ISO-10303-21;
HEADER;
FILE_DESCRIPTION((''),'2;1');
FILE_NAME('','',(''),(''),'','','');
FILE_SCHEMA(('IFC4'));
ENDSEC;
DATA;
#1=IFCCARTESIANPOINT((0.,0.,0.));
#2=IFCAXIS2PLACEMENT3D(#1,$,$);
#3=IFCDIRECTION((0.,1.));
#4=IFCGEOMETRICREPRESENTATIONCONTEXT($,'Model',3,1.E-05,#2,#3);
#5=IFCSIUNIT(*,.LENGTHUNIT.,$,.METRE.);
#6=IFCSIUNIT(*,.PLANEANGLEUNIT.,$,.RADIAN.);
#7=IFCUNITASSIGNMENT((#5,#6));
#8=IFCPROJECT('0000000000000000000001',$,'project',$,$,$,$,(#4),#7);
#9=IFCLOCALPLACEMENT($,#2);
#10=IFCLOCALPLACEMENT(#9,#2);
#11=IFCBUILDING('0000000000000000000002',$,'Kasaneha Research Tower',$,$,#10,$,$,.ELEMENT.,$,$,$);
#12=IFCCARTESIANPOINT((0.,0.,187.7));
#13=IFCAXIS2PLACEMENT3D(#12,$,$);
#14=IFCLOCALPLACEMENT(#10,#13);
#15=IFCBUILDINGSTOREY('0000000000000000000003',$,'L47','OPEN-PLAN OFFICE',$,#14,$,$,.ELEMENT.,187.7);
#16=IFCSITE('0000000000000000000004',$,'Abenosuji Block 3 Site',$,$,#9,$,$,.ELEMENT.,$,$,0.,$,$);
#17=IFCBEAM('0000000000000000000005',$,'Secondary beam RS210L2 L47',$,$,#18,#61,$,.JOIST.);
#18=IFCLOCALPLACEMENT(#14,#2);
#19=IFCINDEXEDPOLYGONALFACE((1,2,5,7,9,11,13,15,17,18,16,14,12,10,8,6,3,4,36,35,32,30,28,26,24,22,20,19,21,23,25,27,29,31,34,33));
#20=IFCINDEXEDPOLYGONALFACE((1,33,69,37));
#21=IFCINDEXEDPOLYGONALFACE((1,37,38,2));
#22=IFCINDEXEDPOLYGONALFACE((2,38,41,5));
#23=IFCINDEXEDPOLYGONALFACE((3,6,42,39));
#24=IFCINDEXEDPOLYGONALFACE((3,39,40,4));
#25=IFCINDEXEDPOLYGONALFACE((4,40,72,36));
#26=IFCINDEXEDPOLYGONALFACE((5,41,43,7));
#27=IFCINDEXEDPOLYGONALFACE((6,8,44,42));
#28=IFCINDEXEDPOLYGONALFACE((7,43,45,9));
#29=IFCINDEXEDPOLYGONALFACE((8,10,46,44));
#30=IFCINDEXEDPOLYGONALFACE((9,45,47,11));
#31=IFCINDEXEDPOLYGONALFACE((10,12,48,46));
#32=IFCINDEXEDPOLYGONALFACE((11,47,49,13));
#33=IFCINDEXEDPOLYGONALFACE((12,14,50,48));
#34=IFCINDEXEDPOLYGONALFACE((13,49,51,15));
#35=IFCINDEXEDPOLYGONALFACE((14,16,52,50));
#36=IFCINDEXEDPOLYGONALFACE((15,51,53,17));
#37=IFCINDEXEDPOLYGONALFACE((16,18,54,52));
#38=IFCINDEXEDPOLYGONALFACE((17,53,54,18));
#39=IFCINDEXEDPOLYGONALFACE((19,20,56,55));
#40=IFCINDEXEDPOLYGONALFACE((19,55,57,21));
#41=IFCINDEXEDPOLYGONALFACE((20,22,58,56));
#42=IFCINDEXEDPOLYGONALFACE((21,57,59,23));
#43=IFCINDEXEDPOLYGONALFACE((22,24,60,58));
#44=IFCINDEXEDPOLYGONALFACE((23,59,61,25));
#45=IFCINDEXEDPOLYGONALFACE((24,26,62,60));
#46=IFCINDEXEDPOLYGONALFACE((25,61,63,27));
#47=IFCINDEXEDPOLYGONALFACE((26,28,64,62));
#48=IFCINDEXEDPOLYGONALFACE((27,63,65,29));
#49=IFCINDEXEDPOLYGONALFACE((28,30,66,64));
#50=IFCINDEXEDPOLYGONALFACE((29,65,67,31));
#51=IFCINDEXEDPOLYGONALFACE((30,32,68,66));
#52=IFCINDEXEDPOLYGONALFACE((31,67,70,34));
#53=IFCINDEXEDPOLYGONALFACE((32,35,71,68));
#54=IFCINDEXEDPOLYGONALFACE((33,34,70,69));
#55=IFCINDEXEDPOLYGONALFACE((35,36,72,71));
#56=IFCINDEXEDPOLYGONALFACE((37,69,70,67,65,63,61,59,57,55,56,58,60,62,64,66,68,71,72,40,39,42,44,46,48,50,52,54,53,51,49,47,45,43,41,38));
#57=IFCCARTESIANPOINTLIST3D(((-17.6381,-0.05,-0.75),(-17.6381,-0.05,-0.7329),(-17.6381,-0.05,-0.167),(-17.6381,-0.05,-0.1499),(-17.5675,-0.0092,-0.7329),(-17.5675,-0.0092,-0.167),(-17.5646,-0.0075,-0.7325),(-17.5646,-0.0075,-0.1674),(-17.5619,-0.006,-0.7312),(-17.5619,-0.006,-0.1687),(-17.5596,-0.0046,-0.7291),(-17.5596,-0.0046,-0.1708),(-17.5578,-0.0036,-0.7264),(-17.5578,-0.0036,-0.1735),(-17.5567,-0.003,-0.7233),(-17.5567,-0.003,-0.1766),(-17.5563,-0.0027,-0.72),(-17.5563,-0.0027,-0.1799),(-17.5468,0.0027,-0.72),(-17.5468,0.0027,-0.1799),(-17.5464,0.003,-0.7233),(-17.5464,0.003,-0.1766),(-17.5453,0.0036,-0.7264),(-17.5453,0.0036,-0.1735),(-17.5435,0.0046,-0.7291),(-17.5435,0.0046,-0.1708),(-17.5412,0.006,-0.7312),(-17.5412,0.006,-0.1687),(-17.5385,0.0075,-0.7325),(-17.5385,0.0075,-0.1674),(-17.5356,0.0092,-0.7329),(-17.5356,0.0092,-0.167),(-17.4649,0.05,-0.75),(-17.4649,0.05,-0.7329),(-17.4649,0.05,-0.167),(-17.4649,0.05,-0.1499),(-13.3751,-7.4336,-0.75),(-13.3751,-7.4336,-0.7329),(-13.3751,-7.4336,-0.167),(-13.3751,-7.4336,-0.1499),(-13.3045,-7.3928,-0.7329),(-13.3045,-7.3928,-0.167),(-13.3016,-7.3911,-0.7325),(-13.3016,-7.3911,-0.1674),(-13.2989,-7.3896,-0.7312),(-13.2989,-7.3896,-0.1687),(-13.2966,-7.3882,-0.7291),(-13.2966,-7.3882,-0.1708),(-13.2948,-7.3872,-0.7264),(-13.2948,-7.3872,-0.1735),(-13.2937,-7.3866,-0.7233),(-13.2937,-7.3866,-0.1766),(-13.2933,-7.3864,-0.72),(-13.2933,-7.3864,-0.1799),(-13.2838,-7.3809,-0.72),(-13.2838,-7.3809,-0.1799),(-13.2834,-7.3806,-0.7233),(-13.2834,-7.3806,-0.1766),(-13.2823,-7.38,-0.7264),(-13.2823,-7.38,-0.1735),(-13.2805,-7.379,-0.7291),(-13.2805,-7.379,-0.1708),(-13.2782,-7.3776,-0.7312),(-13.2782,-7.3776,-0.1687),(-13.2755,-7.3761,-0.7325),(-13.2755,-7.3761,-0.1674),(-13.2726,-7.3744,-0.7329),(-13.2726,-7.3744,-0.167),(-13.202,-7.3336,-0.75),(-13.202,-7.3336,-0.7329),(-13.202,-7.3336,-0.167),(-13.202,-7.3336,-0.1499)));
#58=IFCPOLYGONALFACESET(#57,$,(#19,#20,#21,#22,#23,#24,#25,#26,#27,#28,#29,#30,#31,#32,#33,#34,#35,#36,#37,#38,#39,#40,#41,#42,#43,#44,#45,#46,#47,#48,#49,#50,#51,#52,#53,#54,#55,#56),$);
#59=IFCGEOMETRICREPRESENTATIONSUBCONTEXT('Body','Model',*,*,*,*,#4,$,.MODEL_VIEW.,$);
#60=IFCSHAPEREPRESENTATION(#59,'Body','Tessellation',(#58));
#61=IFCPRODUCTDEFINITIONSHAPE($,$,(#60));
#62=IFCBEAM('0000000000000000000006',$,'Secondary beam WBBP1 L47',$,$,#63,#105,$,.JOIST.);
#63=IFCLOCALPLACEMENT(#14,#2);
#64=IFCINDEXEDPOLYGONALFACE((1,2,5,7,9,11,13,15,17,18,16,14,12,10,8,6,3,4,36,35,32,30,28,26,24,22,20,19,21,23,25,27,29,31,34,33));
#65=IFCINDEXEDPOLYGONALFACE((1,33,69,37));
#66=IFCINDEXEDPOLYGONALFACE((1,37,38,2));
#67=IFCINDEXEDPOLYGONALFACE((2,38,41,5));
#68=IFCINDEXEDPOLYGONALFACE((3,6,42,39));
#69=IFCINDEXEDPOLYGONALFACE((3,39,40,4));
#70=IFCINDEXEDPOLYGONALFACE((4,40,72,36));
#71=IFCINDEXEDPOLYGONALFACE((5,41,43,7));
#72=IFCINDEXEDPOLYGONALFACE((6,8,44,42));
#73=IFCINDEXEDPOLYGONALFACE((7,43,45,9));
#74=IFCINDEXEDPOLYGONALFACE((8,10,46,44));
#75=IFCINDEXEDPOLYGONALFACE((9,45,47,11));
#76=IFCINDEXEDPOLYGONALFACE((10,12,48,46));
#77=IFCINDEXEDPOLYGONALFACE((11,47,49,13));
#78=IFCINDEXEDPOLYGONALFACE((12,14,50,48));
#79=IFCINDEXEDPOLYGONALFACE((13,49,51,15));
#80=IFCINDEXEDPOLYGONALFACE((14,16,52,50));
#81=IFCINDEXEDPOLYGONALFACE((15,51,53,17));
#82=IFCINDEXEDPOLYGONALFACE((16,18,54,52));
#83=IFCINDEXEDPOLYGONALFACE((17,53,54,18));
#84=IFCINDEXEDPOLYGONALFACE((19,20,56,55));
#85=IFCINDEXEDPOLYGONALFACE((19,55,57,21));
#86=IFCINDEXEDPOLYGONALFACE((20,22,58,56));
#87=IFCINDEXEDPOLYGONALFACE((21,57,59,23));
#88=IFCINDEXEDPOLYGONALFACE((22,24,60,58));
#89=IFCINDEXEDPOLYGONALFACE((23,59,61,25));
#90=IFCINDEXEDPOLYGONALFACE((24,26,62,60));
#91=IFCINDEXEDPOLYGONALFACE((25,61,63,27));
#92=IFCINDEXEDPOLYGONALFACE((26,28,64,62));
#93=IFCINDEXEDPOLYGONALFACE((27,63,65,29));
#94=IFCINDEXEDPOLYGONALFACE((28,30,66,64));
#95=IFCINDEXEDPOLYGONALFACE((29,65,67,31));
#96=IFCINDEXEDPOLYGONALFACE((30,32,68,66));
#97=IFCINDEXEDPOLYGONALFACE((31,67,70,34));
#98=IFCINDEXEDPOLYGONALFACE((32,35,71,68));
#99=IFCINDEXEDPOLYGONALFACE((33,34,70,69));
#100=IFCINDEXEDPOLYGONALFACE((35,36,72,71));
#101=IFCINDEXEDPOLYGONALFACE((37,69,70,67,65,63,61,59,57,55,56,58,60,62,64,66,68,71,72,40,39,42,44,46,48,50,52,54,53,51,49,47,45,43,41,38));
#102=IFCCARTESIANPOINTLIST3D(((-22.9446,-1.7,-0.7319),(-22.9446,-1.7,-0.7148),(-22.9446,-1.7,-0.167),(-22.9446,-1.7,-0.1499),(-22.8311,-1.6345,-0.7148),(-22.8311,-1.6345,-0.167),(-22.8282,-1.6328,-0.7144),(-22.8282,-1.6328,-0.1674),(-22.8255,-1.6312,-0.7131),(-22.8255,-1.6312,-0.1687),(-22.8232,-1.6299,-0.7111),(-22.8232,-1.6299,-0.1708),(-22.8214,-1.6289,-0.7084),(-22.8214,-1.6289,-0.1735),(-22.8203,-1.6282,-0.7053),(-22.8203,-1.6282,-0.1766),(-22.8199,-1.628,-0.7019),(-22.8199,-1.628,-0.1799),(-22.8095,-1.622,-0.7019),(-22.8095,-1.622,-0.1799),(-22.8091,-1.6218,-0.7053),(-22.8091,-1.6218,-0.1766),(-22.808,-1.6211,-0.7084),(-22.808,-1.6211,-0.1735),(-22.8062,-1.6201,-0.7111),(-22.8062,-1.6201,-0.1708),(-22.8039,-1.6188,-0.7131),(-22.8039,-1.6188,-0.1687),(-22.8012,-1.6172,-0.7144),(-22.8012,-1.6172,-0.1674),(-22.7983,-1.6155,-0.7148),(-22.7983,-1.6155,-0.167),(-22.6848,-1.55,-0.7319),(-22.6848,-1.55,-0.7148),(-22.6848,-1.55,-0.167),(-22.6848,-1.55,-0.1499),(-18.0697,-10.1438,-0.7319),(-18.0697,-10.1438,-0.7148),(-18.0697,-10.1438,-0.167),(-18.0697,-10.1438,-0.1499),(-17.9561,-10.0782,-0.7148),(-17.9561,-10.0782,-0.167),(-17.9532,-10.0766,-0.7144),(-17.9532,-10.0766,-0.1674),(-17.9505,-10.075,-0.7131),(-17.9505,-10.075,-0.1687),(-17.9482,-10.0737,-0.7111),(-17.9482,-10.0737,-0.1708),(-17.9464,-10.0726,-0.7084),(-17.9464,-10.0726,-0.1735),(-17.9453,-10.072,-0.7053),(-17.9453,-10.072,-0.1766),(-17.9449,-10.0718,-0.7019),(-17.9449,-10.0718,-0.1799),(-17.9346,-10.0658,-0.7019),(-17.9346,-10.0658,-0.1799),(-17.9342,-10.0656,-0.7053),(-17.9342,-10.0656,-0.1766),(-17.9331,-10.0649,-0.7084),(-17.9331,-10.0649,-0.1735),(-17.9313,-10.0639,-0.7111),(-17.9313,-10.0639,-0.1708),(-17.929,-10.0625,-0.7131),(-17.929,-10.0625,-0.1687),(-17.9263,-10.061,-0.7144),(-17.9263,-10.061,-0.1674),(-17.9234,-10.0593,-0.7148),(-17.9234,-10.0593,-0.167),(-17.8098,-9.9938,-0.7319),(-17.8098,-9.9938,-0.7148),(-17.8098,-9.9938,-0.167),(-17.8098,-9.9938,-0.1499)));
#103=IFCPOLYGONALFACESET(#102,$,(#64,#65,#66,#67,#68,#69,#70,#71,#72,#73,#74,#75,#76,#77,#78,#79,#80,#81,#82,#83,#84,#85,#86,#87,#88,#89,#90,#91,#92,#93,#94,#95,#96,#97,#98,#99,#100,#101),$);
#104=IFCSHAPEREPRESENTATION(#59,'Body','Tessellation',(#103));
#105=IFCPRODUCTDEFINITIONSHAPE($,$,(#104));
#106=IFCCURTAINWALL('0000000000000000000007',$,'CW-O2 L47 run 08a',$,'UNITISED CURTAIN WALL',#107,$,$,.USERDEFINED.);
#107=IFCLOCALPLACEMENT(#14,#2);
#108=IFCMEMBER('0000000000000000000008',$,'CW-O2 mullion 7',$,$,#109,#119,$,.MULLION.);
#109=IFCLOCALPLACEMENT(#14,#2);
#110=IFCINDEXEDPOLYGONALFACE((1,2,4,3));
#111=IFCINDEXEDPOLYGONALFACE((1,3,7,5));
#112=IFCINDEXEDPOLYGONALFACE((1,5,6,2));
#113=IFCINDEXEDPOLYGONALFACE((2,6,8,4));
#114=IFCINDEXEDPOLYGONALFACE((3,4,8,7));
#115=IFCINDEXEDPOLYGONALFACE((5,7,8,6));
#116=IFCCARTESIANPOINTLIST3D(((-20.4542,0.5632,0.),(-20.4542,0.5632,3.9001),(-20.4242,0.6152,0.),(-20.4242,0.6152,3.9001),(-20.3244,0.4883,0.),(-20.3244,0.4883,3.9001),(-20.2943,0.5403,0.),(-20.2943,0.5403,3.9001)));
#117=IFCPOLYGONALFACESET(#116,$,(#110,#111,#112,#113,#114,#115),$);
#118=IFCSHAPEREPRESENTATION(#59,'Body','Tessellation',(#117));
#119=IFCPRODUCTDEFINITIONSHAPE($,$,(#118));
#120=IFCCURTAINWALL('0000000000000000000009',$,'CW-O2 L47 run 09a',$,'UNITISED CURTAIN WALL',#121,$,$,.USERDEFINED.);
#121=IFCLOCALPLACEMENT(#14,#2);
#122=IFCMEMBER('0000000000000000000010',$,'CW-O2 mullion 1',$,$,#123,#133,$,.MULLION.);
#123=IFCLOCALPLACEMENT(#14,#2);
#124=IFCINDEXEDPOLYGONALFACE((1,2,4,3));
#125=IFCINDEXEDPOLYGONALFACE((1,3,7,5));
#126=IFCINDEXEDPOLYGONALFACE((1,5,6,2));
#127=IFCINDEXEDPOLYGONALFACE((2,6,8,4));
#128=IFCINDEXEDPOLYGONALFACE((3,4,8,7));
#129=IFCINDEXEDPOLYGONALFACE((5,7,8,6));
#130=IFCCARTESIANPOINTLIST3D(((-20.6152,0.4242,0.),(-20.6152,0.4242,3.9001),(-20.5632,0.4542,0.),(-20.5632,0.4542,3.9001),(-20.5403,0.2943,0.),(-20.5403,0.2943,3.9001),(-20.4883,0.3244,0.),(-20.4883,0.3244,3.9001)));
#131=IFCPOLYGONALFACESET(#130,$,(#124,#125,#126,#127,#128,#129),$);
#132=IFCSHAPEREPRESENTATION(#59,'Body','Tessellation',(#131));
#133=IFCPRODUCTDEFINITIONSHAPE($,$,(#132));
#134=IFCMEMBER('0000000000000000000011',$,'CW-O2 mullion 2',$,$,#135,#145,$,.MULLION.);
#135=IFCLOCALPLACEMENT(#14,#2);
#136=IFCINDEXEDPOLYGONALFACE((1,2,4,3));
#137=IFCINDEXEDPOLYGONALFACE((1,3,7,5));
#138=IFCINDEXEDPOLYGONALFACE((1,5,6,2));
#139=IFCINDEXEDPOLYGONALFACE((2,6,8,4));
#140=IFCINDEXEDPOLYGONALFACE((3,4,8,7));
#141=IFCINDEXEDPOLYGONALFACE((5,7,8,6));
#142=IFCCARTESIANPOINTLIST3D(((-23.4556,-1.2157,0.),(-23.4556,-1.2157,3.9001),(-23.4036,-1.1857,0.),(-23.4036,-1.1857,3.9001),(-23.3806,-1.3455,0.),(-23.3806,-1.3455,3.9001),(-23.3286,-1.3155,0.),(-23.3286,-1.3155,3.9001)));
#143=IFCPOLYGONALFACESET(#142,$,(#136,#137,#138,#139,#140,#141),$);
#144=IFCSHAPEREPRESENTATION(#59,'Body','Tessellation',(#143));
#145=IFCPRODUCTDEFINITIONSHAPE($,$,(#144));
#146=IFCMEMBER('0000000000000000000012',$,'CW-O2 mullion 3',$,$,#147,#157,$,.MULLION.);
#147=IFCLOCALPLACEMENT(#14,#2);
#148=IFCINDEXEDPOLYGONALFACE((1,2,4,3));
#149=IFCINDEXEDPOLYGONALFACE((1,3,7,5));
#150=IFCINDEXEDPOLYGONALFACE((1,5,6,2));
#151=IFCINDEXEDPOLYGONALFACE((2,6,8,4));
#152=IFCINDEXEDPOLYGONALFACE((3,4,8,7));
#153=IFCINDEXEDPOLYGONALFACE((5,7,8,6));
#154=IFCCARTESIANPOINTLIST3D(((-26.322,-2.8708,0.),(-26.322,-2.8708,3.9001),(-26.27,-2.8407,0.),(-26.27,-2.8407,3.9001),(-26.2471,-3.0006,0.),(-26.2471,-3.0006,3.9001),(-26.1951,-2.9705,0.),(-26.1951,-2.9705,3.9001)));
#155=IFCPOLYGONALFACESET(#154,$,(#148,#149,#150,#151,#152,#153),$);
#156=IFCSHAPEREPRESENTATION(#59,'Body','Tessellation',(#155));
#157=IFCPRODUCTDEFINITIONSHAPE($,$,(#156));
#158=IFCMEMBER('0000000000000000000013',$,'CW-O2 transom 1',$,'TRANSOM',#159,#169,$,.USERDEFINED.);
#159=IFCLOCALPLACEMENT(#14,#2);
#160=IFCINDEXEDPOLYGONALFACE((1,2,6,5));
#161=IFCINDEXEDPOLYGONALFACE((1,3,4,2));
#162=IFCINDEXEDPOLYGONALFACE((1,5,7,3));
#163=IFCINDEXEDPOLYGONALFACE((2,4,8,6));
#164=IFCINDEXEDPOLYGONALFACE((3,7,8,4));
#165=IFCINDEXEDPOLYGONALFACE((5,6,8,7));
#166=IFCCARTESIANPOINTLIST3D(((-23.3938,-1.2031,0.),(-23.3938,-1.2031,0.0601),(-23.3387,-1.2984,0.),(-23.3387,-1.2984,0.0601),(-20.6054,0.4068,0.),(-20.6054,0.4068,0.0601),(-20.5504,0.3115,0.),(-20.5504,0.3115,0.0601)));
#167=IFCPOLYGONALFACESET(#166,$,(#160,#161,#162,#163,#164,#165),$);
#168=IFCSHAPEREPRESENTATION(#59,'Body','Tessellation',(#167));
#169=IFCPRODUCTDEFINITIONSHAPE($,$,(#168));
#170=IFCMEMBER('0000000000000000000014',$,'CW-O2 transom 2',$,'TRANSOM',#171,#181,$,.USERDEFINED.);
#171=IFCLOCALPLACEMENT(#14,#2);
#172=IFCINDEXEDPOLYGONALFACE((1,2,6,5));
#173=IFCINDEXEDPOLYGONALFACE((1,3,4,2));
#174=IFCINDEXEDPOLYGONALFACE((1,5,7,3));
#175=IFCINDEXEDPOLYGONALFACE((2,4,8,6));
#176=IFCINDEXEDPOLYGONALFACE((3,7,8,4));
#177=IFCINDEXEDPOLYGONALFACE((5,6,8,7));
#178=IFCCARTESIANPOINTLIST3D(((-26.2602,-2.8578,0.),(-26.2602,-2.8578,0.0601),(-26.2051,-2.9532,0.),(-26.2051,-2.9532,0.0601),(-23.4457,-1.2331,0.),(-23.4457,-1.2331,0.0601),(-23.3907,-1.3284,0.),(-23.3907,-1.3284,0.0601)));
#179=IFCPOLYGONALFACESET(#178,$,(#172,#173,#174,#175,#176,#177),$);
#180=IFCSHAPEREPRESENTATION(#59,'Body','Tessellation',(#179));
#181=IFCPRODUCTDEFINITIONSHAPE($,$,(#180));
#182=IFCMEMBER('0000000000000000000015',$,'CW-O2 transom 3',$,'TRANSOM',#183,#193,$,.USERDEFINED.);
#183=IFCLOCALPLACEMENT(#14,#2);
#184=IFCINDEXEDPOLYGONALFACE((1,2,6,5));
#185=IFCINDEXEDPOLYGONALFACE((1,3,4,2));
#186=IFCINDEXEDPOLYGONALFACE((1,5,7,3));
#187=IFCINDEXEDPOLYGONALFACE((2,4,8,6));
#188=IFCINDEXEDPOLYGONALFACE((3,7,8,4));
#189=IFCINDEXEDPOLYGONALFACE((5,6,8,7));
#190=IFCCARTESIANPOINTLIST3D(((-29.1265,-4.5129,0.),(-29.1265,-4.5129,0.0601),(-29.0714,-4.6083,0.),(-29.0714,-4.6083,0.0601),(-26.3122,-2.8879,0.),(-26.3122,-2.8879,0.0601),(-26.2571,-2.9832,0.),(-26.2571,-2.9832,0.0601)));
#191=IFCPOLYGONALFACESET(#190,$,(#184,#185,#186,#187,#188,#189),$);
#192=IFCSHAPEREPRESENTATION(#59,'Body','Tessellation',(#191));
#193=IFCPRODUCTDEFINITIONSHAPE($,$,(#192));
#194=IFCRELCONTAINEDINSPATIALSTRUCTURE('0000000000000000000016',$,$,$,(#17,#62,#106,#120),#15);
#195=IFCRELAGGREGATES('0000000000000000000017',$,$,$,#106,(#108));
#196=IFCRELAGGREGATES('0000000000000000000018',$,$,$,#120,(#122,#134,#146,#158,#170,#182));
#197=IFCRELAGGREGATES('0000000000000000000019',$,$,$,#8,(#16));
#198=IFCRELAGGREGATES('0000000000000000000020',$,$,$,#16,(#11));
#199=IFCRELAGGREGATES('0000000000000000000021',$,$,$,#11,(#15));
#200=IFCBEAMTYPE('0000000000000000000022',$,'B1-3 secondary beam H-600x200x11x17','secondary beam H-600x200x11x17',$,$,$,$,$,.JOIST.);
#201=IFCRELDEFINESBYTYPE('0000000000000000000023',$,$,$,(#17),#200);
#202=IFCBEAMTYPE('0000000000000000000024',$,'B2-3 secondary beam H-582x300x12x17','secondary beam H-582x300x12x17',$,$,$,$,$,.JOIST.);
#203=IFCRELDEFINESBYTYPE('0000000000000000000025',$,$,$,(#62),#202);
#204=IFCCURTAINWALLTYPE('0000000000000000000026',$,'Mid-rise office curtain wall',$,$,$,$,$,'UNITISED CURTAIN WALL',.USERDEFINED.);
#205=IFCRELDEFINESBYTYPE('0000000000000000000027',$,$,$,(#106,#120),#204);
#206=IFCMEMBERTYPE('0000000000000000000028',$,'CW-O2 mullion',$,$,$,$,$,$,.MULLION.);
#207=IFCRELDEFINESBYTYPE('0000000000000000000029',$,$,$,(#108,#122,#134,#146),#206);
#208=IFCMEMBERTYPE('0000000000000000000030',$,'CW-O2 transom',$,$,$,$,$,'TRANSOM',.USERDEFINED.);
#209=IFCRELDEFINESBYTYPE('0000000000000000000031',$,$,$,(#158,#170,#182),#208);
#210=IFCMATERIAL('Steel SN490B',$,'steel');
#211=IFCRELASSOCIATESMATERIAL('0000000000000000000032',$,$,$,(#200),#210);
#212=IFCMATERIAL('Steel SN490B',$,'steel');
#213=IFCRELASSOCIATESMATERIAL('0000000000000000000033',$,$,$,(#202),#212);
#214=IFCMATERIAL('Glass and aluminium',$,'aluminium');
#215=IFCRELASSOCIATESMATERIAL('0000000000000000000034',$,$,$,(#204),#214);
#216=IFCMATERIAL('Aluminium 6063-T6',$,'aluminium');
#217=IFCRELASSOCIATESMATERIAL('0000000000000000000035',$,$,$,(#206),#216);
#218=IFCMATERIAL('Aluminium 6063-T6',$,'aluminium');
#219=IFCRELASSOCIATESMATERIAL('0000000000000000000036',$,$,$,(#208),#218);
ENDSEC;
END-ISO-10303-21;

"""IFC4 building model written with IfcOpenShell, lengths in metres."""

from ifc_helpers import new_model, si_unit, direction, frame, origin, origin_2d, place, context, subcontext, project, spatial, rectangle, i_section, extrude, material, material_profile, profile_set, type_object, element, aggregate, save


model = new_model("IFC4")

# Units and contexts
model_context = context("Model", 3, precision=1e-05, world=origin(), true_north=direction((0.0, 1.0)))
body_context = subcontext(model_context, "Body", "Model", "MODEL_VIEW")
ifc_project = project(units=[si_unit("LENGTHUNIT", "METRE"), si_unit("PLANEANGLEUNIT", "RADIAN")], contexts=[model_context])

# Site, building, storey
site_placement = place(None, origin())
site = spatial("IfcSite", under=ifc_project, at=site_placement, Name="Abenosuji Block 3 Site", CompositionType="ELEMENT", RefElevation=0.0)
building_placement = place(site_placement, origin())
building = spatial("IfcBuilding", under=site, at=building_placement, Name="Kasaneha Research Tower", CompositionType="ELEMENT")
storey_placement = place(building_placement, frame((0.0, 0.0, 187.7)))
storey = spatial("IfcBuildingStorey", under=building, at=storey_placement, Name="L47", Description="OPEN-PLAN OFFICE", CompositionType="ELEMENT", Elevation=187.7)

# Beams
ifc_material_1 = material(Name="Steel SN490B", Category="steel")
ifc_material_profile_1 = material_profile(ifc_material_1, i_section(OverallWidth=0.2, OverallDepth=0.6001, WebThickness=0.011, FlangeThickness=0.0171, FilletRadius=0.0129, at=origin_2d()), Name="H-600x200x11x17")
ifc_profile_set_1 = profile_set([ifc_material_profile_1], Name="Steel SN490B")
beam_type_1 = type_object("IfcBeamType", Name="B1-3 secondary beam H-600x200x11x17", Description="secondary beam H-600x200x11x17", PredefinedType="JOIST", material=ifc_profile_set_1)
beam_1_placement = place(storey_placement, frame((-17.5515, 0.0, -0.45), z_axis=(0.500004, -0.866023, 0.0), x_axis=(0.866023, 0.500004, 0.0)))
element("IfcBeam", 1, at=beam_1_placement, inside=storey, type_object=beam_type_1, Name="Secondary beam RS210L2 L47", PredefinedType="JOIST", context=body_context, shape_type="SweptSolid", body=[
    extrude(i_section(OverallWidth=0.2, OverallDepth=0.6001, WebThickness=0.011, FlangeThickness=0.0171, FilletRadius=0.0129, at=origin_2d()), origin(), (0.0, 0.0, 1.0), 8.5259),
])
ifc_material_2 = material(Name="Steel SN490B", Category="steel")
ifc_material_profile_2 = material_profile(ifc_material_2, i_section(OverallWidth=0.3, OverallDepth=0.582, WebThickness=0.012, FlangeThickness=0.0171, FilletRadius=0.0129, at=origin_2d()), Name="H-582x300x12x17")
ifc_profile_set_2 = profile_set([ifc_material_profile_2], Name="Steel SN490B")
beam_type_2 = type_object("IfcBeamType", Name="B2-3 secondary beam H-582x300x12x17", Description="secondary beam H-582x300x12x17", PredefinedType="JOIST", material=ifc_profile_set_2)
beam_2_placement = place(storey_placement, frame((-22.8147, -1.625, -0.4409), z_axis=(0.499996, -0.866028, 0.0), x_axis=(0.866028, 0.499996, 0.0)))
element("IfcBeam", 2, at=beam_2_placement, inside=storey, type_object=beam_type_2, Name="Secondary beam WBBP1 L47", PredefinedType="JOIST", context=body_context, shape_type="SweptSolid", body=[
    extrude(i_section(OverallWidth=0.3, OverallDepth=0.582, WebThickness=0.012, FlangeThickness=0.0171, FilletRadius=0.0129, at=origin_2d()), origin(), (0.0, 0.0, 1.0), 9.75),
])

# Curtain wall, member
ifc_material_3 = material(Name="Glass and aluminium", Category="aluminium")
curtain_wall_type = type_object("IfcCurtainWallType", Name="Mid-rise office curtain wall", ElementType="UNITISED CURTAIN WALL", PredefinedType="USERDEFINED", material=ifc_material_3)
curtain_wall_1_placement = place(storey_placement, origin())
curtain_wall_1 = element("IfcCurtainWall", 3, at=curtain_wall_1_placement, inside=storey, type_object=curtain_wall_type, Name="CW-O2 L47 run 08a", ObjectType="UNITISED CURTAIN WALL", PredefinedType="USERDEFINED")
ifc_material_4 = material(Name="Aluminium 6063-T6", Category="aluminium")
ifc_material_profile_3 = material_profile(ifc_material_4, rectangle(XDim=0.0601, YDim=0.1499, at=origin_2d()), Name="CW-O2 mullion 60x150")
ifc_profile_set_3 = profile_set([ifc_material_profile_3], Name="Aluminium 6063-T6")
member_type_1 = type_object("IfcMemberType", Name="CW-O2 mullion", PredefinedType="MULLION", material=ifc_profile_set_3)
member_1_placement = place(storey_placement, frame((-20.3743, 0.5518, 0.0), z_axis=(0.0, 0.0, 1.0), x_axis=(-0.5, -0.866025, 0.0)))
member_1 = element("IfcMember", 4, at=member_1_placement, type_object=member_type_1, Name="CW-O2 mullion 7", PredefinedType="MULLION", context=body_context, shape_type="SweptSolid", body=[
    extrude(rectangle(XDim=0.0601, YDim=0.1499, at=origin_2d()), origin(), (0.0, 0.0, 1.0), 3.9001),
])
aggregate(curtain_wall_1, [member_1])

# Curtain wall, members
curtain_wall_2_placement = place(storey_placement, origin())
curtain_wall_2 = element("IfcCurtainWall", 5, at=curtain_wall_2_placement, inside=storey, type_object=curtain_wall_type, Name="CW-O2 L47 run 09a", ObjectType="UNITISED CURTAIN WALL", PredefinedType="USERDEFINED")
member_2_placement = place(storey_placement, frame((-20.5518, 0.3743, 0.0), z_axis=(0.0, 0.0, 1.0), x_axis=(-0.866025, -0.5, 0.0)))
member_2 = element("IfcMember", 6, at=member_2_placement, type_object=member_type_1, Name="CW-O2 mullion 1", PredefinedType="MULLION", context=body_context, shape_type="SweptSolid", body=[
    extrude(rectangle(XDim=0.0601, YDim=0.1499, at=origin_2d()), origin(), (0.0, 0.0, 1.0), 3.9001),
])
member_3_placement = place(storey_placement, frame((-23.3921, -1.2656, 0.0), z_axis=(0.0, 0.0, 1.0), x_axis=(-0.866025, -0.5, 0.0)))
member_3 = element("IfcMember", 7, at=member_3_placement, type_object=member_type_1, Name="CW-O2 mullion 2", PredefinedType="MULLION", context=body_context, shape_type="SweptSolid", body=[
    extrude(rectangle(XDim=0.0601, YDim=0.1499, at=origin_2d()), origin(), (0.0, 0.0, 1.0), 3.9001),
])
member_4_placement = place(storey_placement, frame((-26.2585, -2.9207, 0.0), z_axis=(0.0, 0.0, 1.0), x_axis=(-0.866025, -0.5, 0.0)))
member_4 = element("IfcMember", 8, at=member_4_placement, type_object=member_type_1, Name="CW-O2 mullion 3", PredefinedType="MULLION", context=body_context, shape_type="SweptSolid", body=[
    extrude(rectangle(XDim=0.0601, YDim=0.1499, at=origin_2d()), origin(), (0.0, 0.0, 1.0), 3.9001),
])
ifc_material_5 = material(Name="Aluminium 6063-T6", Category="aluminium")
ifc_material_profile_4 = material_profile(ifc_material_5, rectangle(XDim=0.1101, YDim=0.0601, at=origin_2d()), Name="CW-O2 transom 110x60")
ifc_profile_set_4 = profile_set([ifc_material_profile_4], Name="Aluminium 6063-T6")
member_type_2 = type_object("IfcMemberType", Name="CW-O2 transom", ElementType="TRANSOM", PredefinedType="USERDEFINED", material=ifc_profile_set_4)
member_5_placement = place(storey_placement, frame((-20.5779, 0.3591, 0.03), z_axis=(-0.866023, -0.500005, 0.0), x_axis=(0.500005, -0.866023, 0.0)))
member_5 = element("IfcMember", 9, at=member_5_placement, type_object=member_type_2, Name="CW-O2 transom 1", ObjectType="TRANSOM", PredefinedType="USERDEFINED", context=body_context, shape_type="SweptSolid", body=[
    extrude(rectangle(XDim=0.1101, YDim=0.0601, at=origin_2d()), origin(), (0.0, 0.0, 1.0), 3.2197),
])
member_6_placement = place(storey_placement, frame((-23.4182, -1.2808, 0.03), z_axis=(-0.866048, -0.499961, 0.0), x_axis=(0.499961, -0.866048, 0.0)))
member_6 = element("IfcMember", 10, at=member_6_placement, type_object=member_type_2, Name="CW-O2 transom 2", ObjectType="TRANSOM", PredefinedType="USERDEFINED", context=body_context, shape_type="SweptSolid", body=[
    extrude(rectangle(XDim=0.1101, YDim=0.0601, at=origin_2d()), origin(), (0.0, 0.0, 1.0), 3.2498),
])
member_7_placement = place(storey_placement, frame((-26.2847, -2.9355, 0.03), z_axis=(-0.865997, -0.50005, 0.0), x_axis=(0.50005, -0.865997, 0.0)))
member_7 = element("IfcMember", 11, at=member_7_placement, type_object=member_type_2, Name="CW-O2 transom 3", ObjectType="TRANSOM", PredefinedType="USERDEFINED", context=body_context, shape_type="SweptSolid", body=[
    extrude(rectangle(XDim=0.1101, YDim=0.0601, at=origin_2d()), origin(), (0.0, 0.0, 1.0), 3.2498),
])

aggregate(curtain_wall_2, [member_2, member_3, member_4, member_5, member_6, member_7])

save(model, "model.ifc")
